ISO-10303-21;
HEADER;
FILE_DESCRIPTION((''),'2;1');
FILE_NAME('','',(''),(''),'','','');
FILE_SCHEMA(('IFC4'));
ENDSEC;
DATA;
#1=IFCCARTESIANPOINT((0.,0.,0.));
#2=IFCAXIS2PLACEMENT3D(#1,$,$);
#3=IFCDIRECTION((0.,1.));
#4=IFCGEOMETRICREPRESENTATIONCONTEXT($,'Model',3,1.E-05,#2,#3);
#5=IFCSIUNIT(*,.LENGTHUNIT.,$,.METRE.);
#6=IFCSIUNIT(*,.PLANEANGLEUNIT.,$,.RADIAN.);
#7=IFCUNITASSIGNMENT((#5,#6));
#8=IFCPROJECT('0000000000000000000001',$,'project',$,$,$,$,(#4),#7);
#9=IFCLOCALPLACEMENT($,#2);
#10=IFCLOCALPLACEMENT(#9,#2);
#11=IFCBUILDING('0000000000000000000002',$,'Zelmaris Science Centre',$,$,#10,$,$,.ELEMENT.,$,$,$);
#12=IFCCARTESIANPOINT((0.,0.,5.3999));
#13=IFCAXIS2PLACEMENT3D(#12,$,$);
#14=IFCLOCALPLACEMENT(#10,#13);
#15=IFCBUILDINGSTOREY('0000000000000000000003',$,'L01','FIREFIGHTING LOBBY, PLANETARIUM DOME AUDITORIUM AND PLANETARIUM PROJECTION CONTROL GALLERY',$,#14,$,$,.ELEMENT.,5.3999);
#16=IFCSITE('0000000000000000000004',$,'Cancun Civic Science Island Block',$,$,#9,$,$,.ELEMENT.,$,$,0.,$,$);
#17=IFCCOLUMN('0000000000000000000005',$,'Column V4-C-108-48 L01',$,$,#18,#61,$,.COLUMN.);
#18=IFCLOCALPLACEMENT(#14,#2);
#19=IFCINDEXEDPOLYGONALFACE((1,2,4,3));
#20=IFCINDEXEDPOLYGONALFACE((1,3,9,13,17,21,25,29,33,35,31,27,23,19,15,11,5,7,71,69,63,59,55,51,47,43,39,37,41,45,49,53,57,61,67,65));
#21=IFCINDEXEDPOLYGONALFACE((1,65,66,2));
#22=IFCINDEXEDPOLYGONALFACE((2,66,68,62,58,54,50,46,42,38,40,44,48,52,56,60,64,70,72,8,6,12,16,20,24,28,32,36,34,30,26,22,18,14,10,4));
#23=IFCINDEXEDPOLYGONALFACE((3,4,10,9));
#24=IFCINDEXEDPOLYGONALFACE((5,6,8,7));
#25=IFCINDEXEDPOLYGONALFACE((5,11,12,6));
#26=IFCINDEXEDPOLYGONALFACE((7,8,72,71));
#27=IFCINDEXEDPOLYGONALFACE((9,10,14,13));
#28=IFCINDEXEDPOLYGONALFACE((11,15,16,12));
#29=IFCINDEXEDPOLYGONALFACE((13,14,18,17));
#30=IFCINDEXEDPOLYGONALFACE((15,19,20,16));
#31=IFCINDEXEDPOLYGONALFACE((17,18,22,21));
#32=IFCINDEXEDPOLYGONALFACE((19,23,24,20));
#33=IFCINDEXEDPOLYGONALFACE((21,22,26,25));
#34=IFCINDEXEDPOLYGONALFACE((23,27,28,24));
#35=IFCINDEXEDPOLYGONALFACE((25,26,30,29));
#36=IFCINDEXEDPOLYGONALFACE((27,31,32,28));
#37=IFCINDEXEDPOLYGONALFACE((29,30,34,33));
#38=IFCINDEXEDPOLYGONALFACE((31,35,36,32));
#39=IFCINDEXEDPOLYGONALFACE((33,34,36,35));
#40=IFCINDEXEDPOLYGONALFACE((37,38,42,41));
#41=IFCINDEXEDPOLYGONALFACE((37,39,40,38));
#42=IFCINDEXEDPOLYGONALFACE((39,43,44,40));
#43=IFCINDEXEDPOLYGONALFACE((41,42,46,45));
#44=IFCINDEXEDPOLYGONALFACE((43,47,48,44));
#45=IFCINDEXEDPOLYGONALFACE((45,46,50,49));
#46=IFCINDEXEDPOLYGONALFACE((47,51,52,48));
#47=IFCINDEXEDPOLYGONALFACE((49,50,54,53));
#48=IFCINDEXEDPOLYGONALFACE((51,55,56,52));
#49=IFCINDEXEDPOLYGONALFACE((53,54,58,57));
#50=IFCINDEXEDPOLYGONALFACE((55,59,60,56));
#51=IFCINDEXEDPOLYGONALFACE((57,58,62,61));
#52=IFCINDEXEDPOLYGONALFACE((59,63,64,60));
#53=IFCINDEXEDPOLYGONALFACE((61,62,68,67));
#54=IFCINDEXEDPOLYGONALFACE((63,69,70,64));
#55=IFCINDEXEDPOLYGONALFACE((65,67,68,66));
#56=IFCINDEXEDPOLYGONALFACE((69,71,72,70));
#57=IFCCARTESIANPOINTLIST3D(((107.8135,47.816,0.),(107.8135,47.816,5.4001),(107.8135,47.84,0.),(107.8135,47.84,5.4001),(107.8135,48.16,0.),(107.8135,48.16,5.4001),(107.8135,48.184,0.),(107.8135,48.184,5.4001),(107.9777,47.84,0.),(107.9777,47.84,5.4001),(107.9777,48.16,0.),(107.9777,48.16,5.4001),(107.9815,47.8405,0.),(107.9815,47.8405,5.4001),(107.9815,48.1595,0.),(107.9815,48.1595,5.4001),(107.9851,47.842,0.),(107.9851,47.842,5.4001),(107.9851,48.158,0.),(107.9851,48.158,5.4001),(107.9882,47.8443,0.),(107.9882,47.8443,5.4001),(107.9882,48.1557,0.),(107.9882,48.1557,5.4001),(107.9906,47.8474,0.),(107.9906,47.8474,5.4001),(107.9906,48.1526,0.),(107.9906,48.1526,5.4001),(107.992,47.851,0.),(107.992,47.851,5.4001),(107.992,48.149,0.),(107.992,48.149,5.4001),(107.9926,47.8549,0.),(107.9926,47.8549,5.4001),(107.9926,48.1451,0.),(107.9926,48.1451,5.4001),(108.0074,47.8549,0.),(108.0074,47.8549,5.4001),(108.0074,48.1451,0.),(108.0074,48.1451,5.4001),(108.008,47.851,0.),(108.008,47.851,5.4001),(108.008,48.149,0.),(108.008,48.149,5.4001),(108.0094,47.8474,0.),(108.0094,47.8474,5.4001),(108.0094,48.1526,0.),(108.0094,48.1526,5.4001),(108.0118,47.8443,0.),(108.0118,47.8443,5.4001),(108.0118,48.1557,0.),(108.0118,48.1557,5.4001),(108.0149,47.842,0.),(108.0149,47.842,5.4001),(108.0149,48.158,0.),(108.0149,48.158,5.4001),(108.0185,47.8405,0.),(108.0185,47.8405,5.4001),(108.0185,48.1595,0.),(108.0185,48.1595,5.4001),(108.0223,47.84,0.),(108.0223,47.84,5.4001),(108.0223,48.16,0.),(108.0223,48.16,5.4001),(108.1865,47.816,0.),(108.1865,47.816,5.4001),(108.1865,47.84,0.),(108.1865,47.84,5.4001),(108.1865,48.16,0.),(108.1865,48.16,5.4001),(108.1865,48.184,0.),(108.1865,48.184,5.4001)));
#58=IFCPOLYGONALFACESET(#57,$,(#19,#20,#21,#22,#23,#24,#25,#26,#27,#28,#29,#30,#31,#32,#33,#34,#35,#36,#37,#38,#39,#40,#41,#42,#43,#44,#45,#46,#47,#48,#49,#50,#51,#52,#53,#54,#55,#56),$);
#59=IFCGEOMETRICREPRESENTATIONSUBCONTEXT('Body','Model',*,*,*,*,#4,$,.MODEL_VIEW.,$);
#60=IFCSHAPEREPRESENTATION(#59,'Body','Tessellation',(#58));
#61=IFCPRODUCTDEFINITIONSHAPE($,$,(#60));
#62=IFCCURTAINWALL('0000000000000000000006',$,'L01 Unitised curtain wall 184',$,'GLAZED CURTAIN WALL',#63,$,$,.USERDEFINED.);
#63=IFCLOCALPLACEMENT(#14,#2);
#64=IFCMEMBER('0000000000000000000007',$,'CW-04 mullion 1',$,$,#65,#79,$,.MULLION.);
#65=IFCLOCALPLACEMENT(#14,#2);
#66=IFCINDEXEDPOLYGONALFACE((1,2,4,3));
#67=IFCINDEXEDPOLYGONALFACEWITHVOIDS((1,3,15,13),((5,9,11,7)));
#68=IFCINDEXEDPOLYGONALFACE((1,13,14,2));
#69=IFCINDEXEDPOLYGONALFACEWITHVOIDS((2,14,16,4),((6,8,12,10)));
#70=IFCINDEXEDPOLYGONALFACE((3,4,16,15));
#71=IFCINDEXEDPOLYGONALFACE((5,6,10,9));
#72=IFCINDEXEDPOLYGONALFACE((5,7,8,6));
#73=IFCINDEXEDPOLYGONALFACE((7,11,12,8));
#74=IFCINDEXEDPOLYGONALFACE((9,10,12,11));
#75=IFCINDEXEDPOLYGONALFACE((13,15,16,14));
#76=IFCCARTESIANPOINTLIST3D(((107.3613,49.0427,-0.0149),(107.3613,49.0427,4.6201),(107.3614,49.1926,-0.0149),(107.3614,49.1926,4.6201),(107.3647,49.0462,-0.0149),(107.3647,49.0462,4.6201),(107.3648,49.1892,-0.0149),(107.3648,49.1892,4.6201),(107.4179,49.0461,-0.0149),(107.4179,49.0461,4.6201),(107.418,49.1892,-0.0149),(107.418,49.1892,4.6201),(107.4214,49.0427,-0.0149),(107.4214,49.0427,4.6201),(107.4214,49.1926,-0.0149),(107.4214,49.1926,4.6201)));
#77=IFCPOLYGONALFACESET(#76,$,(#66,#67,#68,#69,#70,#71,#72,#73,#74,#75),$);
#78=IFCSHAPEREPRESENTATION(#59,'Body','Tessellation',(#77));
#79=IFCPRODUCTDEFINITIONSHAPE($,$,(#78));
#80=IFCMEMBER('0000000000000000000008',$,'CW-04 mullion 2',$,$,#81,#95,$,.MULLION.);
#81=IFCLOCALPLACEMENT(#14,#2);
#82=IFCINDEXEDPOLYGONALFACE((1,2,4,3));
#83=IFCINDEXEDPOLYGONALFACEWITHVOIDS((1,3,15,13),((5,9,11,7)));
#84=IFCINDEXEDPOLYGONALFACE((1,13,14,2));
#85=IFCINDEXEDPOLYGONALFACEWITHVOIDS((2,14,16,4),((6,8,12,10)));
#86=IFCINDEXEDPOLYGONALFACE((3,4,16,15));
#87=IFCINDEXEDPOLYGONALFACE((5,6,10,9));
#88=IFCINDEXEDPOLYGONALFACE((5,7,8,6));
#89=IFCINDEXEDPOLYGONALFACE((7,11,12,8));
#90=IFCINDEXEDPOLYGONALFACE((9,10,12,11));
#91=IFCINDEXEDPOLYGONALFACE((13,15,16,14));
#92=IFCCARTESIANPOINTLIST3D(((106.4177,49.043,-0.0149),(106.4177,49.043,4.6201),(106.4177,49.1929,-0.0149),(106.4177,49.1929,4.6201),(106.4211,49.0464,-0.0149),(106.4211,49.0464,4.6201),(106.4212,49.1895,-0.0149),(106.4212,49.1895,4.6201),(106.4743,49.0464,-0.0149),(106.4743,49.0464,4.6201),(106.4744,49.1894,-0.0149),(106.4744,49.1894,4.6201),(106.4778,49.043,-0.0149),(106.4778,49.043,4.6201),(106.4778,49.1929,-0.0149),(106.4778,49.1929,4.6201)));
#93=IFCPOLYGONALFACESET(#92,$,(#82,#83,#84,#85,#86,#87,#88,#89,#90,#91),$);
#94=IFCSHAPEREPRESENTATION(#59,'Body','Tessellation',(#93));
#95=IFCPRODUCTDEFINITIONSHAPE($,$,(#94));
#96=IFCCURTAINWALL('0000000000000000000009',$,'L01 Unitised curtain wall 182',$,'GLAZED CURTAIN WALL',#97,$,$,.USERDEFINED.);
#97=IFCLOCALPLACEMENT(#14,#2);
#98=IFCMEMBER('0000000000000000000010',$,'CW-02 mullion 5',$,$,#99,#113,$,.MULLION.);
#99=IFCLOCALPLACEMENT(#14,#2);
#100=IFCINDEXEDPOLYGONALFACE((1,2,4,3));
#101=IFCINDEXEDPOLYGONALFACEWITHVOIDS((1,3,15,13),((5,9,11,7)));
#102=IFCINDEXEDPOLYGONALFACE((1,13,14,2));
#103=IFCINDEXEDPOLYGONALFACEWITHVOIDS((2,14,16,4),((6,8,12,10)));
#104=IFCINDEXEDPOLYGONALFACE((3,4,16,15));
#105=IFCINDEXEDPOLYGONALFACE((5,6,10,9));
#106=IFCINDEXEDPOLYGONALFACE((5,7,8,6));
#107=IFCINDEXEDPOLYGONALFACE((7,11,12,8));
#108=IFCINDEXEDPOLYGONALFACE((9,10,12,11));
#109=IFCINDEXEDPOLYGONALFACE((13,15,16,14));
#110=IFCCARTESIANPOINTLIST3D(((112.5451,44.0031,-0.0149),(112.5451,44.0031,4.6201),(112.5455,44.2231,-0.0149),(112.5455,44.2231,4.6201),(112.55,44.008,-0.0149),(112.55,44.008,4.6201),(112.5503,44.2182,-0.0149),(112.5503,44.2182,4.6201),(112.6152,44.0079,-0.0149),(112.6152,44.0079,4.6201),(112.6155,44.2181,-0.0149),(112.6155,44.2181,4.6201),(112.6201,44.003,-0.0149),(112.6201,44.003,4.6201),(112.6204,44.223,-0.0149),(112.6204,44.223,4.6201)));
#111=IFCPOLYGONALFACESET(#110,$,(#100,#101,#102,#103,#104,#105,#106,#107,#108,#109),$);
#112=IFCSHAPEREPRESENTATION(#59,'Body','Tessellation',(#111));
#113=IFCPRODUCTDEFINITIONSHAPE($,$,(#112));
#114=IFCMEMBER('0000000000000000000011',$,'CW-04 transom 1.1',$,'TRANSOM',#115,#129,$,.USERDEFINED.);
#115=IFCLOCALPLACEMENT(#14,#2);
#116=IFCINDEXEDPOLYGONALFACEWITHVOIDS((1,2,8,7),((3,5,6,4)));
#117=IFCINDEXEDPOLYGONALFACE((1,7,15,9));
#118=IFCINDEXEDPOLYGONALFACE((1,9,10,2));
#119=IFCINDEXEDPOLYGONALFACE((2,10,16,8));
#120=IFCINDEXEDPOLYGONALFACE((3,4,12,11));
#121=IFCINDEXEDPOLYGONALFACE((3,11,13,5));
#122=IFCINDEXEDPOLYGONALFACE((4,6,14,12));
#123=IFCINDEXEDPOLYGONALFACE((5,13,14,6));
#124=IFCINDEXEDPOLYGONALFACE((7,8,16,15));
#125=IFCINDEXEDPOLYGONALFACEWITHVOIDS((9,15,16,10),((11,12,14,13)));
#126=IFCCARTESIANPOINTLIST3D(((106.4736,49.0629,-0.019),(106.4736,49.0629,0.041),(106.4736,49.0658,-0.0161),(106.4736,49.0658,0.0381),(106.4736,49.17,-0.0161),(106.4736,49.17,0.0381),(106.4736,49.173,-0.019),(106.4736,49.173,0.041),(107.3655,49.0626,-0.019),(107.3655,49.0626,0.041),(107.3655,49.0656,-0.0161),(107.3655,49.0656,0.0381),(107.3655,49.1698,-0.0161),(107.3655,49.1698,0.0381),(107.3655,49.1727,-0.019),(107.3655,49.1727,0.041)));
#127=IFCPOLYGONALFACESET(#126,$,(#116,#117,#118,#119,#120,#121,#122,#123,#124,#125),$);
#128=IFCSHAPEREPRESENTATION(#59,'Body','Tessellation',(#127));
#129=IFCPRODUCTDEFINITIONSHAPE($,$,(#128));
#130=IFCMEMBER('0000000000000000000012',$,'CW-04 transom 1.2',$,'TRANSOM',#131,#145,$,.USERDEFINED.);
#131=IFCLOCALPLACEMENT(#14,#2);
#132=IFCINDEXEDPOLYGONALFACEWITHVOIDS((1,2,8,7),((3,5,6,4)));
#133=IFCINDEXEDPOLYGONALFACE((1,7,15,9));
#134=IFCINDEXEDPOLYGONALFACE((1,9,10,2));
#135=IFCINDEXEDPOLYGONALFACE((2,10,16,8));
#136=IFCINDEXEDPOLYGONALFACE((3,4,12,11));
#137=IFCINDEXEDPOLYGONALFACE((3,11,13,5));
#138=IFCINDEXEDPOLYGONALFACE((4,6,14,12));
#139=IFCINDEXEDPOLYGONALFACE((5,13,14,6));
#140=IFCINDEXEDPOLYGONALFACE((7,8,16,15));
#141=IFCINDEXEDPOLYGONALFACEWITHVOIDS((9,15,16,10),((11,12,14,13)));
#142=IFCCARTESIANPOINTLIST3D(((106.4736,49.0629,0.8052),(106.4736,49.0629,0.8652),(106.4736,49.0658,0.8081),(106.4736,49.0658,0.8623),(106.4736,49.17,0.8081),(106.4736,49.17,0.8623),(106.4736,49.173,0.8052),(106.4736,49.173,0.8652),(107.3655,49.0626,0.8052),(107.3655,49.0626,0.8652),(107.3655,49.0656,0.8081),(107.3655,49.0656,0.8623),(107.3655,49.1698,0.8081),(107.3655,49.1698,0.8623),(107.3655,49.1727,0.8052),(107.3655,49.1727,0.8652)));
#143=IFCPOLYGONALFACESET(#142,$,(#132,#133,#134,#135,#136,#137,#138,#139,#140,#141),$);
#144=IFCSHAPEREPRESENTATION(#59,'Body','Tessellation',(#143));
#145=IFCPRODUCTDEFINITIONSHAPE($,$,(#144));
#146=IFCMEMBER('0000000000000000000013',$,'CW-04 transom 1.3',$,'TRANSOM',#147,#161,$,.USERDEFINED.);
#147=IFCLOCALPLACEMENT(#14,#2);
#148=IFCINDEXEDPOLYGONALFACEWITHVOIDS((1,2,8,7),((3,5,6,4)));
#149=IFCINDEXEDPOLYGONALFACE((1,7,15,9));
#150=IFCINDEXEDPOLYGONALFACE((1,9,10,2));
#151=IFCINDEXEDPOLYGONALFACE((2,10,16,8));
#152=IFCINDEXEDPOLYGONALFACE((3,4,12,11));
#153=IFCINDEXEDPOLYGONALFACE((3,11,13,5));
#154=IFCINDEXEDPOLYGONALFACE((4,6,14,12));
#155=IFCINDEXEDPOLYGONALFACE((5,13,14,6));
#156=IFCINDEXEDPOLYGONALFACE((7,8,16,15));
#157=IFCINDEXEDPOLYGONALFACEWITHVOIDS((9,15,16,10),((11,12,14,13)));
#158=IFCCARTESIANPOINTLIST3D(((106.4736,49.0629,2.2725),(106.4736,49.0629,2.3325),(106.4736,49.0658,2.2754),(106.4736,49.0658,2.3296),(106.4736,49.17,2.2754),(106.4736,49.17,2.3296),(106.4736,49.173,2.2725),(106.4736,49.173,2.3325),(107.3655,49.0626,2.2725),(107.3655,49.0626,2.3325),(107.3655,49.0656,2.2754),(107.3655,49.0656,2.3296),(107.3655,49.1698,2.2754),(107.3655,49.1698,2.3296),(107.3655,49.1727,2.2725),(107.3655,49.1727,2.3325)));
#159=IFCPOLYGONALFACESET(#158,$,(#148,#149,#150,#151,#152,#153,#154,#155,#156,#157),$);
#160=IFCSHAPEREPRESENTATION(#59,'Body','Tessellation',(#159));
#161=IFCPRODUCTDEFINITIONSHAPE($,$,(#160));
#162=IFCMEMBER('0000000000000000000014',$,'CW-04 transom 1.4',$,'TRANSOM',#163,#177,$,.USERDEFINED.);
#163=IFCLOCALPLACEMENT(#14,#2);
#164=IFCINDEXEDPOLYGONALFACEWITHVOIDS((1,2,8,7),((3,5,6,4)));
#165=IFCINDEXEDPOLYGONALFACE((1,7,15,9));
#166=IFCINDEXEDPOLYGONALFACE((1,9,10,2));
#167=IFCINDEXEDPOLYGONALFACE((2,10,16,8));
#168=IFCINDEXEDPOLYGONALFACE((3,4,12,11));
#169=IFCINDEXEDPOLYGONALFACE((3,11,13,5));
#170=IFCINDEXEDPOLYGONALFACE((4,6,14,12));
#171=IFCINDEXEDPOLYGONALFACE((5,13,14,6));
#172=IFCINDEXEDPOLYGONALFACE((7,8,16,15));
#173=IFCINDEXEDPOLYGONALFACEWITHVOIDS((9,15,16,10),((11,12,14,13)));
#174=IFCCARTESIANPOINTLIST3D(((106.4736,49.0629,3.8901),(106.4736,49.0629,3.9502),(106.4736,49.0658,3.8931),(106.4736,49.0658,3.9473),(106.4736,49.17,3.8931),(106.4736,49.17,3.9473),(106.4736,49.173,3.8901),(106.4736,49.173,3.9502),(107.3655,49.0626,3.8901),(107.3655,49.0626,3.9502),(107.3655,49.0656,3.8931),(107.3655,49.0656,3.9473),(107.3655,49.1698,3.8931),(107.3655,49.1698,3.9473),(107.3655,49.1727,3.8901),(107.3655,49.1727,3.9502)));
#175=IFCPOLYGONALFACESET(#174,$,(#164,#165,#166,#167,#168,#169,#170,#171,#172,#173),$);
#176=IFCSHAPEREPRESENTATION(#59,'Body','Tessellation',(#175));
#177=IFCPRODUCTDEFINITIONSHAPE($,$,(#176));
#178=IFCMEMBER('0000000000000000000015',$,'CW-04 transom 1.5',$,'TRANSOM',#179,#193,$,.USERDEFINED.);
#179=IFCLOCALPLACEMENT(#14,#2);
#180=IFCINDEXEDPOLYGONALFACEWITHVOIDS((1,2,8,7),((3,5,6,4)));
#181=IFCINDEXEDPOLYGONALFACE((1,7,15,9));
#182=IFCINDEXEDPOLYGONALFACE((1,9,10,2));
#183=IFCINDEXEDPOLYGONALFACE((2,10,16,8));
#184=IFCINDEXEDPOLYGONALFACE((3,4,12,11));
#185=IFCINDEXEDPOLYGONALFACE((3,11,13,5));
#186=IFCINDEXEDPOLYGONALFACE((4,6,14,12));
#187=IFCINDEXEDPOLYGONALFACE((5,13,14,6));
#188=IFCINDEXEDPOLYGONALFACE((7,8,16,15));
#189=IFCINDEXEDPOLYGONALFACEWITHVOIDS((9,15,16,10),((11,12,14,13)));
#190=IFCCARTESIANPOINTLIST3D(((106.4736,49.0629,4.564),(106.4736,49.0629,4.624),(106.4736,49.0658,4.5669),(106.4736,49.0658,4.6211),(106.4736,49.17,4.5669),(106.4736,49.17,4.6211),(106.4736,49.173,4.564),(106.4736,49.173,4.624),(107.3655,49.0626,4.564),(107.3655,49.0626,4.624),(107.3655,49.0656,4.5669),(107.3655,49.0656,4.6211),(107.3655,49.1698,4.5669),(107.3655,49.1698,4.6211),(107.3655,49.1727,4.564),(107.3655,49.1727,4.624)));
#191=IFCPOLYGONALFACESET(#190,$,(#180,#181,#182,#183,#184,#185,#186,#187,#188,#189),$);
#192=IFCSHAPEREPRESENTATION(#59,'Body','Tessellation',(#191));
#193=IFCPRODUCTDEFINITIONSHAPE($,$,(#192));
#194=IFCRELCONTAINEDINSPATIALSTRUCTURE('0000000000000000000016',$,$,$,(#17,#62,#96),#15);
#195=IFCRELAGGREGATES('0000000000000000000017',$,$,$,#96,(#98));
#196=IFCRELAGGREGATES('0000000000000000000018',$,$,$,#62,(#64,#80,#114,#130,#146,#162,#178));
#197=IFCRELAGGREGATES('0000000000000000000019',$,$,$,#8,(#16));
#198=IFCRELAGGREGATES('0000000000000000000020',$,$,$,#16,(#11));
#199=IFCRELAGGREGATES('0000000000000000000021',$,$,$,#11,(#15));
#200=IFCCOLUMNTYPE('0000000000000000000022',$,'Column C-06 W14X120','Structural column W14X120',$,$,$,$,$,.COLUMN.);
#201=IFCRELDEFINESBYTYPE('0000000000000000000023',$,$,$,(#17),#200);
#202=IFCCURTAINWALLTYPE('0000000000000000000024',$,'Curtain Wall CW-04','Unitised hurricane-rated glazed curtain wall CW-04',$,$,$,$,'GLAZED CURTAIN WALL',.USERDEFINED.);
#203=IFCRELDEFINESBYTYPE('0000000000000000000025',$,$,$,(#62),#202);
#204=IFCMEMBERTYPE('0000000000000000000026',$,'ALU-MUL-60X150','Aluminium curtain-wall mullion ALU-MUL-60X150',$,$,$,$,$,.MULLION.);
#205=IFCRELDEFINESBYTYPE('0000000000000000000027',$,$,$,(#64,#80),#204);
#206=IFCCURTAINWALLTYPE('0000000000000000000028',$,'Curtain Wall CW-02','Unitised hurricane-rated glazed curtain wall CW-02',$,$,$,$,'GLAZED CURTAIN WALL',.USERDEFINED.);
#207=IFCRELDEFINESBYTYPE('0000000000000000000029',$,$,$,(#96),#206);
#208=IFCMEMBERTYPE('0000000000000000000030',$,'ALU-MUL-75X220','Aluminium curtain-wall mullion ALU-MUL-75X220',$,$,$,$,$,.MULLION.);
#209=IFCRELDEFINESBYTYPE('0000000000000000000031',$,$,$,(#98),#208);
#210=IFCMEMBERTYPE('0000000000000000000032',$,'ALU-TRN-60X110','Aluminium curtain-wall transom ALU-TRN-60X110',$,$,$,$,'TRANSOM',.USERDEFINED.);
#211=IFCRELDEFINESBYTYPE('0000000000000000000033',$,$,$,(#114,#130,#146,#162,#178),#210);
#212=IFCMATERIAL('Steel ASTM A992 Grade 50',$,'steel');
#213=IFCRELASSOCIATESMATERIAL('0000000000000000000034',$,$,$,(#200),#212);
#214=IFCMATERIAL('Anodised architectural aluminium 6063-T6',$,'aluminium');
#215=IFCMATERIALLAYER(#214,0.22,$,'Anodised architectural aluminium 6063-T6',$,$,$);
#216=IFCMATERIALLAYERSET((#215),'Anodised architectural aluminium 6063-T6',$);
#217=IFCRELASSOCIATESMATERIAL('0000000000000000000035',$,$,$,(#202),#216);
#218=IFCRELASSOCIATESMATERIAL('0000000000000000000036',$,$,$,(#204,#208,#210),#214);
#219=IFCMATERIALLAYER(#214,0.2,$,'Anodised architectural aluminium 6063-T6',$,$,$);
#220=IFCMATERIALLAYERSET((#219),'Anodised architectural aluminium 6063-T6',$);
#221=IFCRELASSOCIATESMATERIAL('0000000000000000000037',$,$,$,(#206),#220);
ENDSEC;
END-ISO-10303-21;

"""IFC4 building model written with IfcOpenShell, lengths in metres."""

from ifc_helpers import new_model, si_unit, direction, frame, origin, origin_2d, place, context, subcontext, project, spatial, hollow_rectangle, i_section, extrude, material, layer, layer_set, material_profile, profile_set, type_object, element, aggregate, save


model = new_model("IFC4")

# Units and contexts
model_context = context("Model", 3, precision=1e-05, world=origin(), true_north=direction((0.0, 1.0)))
body_context = subcontext(model_context, "Body", "Model", "MODEL_VIEW")
ifc_project = project(units=[si_unit("LENGTHUNIT", "METRE"), si_unit("PLANEANGLEUNIT", "RADIAN")], contexts=[model_context])

# Site, building, storey
site_placement = place(None, origin())
site = spatial("IfcSite", under=ifc_project, at=site_placement, Name="Cancun Civic Science Island Block", CompositionType="ELEMENT", RefElevation=0.0)
building_placement = place(site_placement, origin())
building = spatial("IfcBuilding", under=site, at=building_placement, Name="Zelmaris Science Centre", CompositionType="ELEMENT")
storey_placement = place(building_placement, frame((0.0, 0.0, 5.3999)))
storey = spatial("IfcBuildingStorey", under=building, at=storey_placement, Name="L01", Description="FIREFIGHTING LOBBY, PLANETARIUM DOME AUDITORIUM AND PLANETARIUM PROJECTION CONTROL GALLERY", CompositionType="ELEMENT", Elevation=5.3999)

# Column
ifc_material_1 = material(Name="Steel ASTM A992 Grade 50", Category="steel")
ifc_material_profile_1 = material_profile(ifc_material_1, i_section(OverallWidth=0.373, OverallDepth=0.3679, WebThickness=0.0149, FlangeThickness=0.0239, FilletRadius=0.0149, at=origin_2d()), Name="W14X120")
ifc_profile_set_1 = profile_set([ifc_material_profile_1], Name="Steel ASTM A992 Grade 50")
column_type = type_object("IfcColumnType", Name="Column C-06 W14X120", Description="Structural column W14X120", PredefinedType="COLUMN", material=ifc_profile_set_1)
column_placement = place(storey_placement, frame((108.0, 48.0, 0.0), z_axis=(0.0, 0.0, 1.0), x_axis=(1.0, 0.0, 0.0)))
element("IfcColumn", 1, at=column_placement, inside=storey, type_object=column_type, Name="Column V4-C-108-48 L01", PredefinedType="COLUMN", context=body_context, shape_type="SweptSolid", body=[
    extrude(i_section(OverallWidth=0.373, OverallDepth=0.3679, WebThickness=0.0149, FlangeThickness=0.0239, FilletRadius=0.0149, at=origin_2d()), origin(), (0.0, 0.0, 1.0), 5.4001),
])

# Curtain wall, members
ifc_material_2 = material(Name="Anodised architectural aluminium 6063-T6", Category="aluminium")
ifc_layer_1 = layer(ifc_material_2, 0.22, Name="Anodised architectural aluminium 6063-T6")
ifc_layer_set_1 = layer_set([ifc_layer_1], Name="Anodised architectural aluminium 6063-T6")
curtain_wall_type_1 = type_object("IfcCurtainWallType", Name="Curtain Wall CW-04", Description="Unitised hurricane-rated glazed curtain wall CW-04", ElementType="GLAZED CURTAIN WALL", PredefinedType="USERDEFINED", material=ifc_layer_set_1)
curtain_wall_1_placement = place(storey_placement, origin())
curtain_wall_1 = element("IfcCurtainWall", 2, at=curtain_wall_1_placement, inside=storey, type_object=curtain_wall_type_1, Name="L01 Unitised curtain wall 184", ObjectType="GLAZED CURTAIN WALL", PredefinedType="USERDEFINED")
ifc_material_profile_2 = material_profile(ifc_material_2, hollow_rectangle(XDim=0.0601, YDim=0.1499, WallThickness=0.0034, at=origin_2d()), Name="ALU-MUL-60X150")
ifc_profile_set_2 = profile_set([ifc_material_profile_2], Name="Anodised architectural aluminium 6063-T6")
member_type_1 = type_object("IfcMemberType", Name="ALU-MUL-60X150", Description="Aluminium curtain-wall mullion ALU-MUL-60X150", PredefinedType="MULLION", material=ifc_profile_set_2)
member_1_placement = place(storey_placement, frame((107.3914, 49.1177, -0.0149), z_axis=(0.0, 0.0, 1.0), x_axis=(-1.0, 0.000297, 0.0)))
member_1 = element("IfcMember", 3, at=member_1_placement, type_object=member_type_1, Name="CW-04 mullion 1", PredefinedType="MULLION", context=body_context, shape_type="SweptSolid", body=[
    extrude(hollow_rectangle(XDim=0.0601, YDim=0.1499, WallThickness=0.0034, at=origin_2d()), origin(), (0.0, 0.0, 1.0), 4.635),
])
member_2_placement = place(storey_placement, frame((106.4478, 49.1179, -0.0149), z_axis=(0.0, 0.0, 1.0), x_axis=(-1.0, 0.000297, 0.0)))
member_2 = element("IfcMember", 4, at=member_2_placement, type_object=member_type_1, Name="CW-04 mullion 2", PredefinedType="MULLION", context=body_context, shape_type="SweptSolid", body=[
    extrude(hollow_rectangle(XDim=0.0601, YDim=0.1499, WallThickness=0.0034, at=origin_2d()), origin(), (0.0, 0.0, 1.0), 4.635),
])

# Curtain wall, member
ifc_layer_2 = layer(ifc_material_2, 0.2, Name="Anodised architectural aluminium 6063-T6")
ifc_layer_set_2 = layer_set([ifc_layer_2], Name="Anodised architectural aluminium 6063-T6")
curtain_wall_type_2 = type_object("IfcCurtainWallType", Name="Curtain Wall CW-02", Description="Unitised hurricane-rated glazed curtain wall CW-02", ElementType="GLAZED CURTAIN WALL", PredefinedType="USERDEFINED", material=ifc_layer_set_2)
curtain_wall_2_placement = place(storey_placement, origin())
curtain_wall_2 = element("IfcCurtainWall", 5, at=curtain_wall_2_placement, inside=storey, type_object=curtain_wall_type_2, Name="L01 Unitised curtain wall 182", ObjectType="GLAZED CURTAIN WALL", PredefinedType="USERDEFINED")
ifc_material_profile_3 = material_profile(ifc_material_2, hollow_rectangle(XDim=0.075, YDim=0.22, WallThickness=0.0049, at=origin_2d()), Name="ALU-MUL-75X220")
ifc_profile_set_3 = profile_set([ifc_material_profile_3], Name="Anodised architectural aluminium 6063-T6")
member_type_2 = type_object("IfcMemberType", Name="ALU-MUL-75X220", Description="Aluminium curtain-wall mullion ALU-MUL-75X220", PredefinedType="MULLION", material=ifc_profile_set_3)
member_3_placement = place(storey_placement, frame((112.5828, 44.113, -0.0149), z_axis=(0.0, 0.0, 1.0), x_axis=(-0.999999, 0.001525, 0.0)))
member_3 = element("IfcMember", 6, at=member_3_placement, type_object=member_type_2, Name="CW-02 mullion 5", PredefinedType="MULLION", context=body_context, shape_type="SweptSolid", body=[
    extrude(hollow_rectangle(XDim=0.075, YDim=0.22, WallThickness=0.0049, at=origin_2d()), origin(), (0.0, 0.0, 1.0), 4.635),
])

# Members
ifc_material_profile_4 = material_profile(ifc_material_2, hollow_rectangle(XDim=0.0601, YDim=0.1101, WallThickness=0.0029, at=origin_2d()), Name="ALU-TRN-60X110")
ifc_profile_set_4 = profile_set([ifc_material_profile_4], Name="Anodised architectural aluminium 6063-T6")
member_type_3 = type_object("IfcMemberType", Name="ALU-TRN-60X110", Description="Aluminium curtain-wall transom ALU-TRN-60X110", ElementType="TRANSOM", PredefinedType="USERDEFINED", material=ifc_profile_set_4)
member_4_placement = place(storey_placement, frame((107.3655, 49.1177, 0.011), z_axis=(-1.0, 0.000274, 0.0), x_axis=(0.0, 0.0, 1.0)))
member_4 = element("IfcMember", 7, at=member_4_placement, type_object=member_type_3, Name="CW-04 transom 1.1", ObjectType="TRANSOM", PredefinedType="USERDEFINED", context=body_context, shape_type="SweptSolid", body=[
    extrude(hollow_rectangle(XDim=0.0601, YDim=0.1101, WallThickness=0.0029, at=origin_2d()), origin(), (0.0, 0.0, 1.0), 0.8918),
])
member_5_placement = place(storey_placement, frame((107.3655, 49.1177, 0.8352), z_axis=(-1.0, 0.000274, 0.0), x_axis=(0.0, 0.0, 1.0)))
member_5 = element("IfcMember", 8, at=member_5_placement, type_object=member_type_3, Name="CW-04 transom 1.2", ObjectType="TRANSOM", PredefinedType="USERDEFINED", context=body_context, shape_type="SweptSolid", body=[
    extrude(hollow_rectangle(XDim=0.0601, YDim=0.1101, WallThickness=0.0029, at=origin_2d()), origin(), (0.0, 0.0, 1.0), 0.8918),
])
member_6_placement = place(storey_placement, frame((107.3655, 49.1177, 2.3025), z_axis=(-1.0, 0.000274, 0.0), x_axis=(0.0, 0.0, 1.0)))
member_6 = element("IfcMember", 9, at=member_6_placement, type_object=member_type_3, Name="CW-04 transom 1.3", ObjectType="TRANSOM", PredefinedType="USERDEFINED", context=body_context, shape_type="SweptSolid", body=[
    extrude(hollow_rectangle(XDim=0.0601, YDim=0.1101, WallThickness=0.0029, at=origin_2d()), origin(), (0.0, 0.0, 1.0), 0.8918),
])
member_7_placement = place(storey_placement, frame((107.3655, 49.1177, 3.9202), z_axis=(-1.0, 0.000274, 0.0), x_axis=(0.0, 0.0, 1.0)))
member_7 = element("IfcMember", 10, at=member_7_placement, type_object=member_type_3, Name="CW-04 transom 1.4", ObjectType="TRANSOM", PredefinedType="USERDEFINED", context=body_context, shape_type="SweptSolid", body=[
    extrude(hollow_rectangle(XDim=0.0601, YDim=0.1101, WallThickness=0.0029, at=origin_2d()), origin(), (0.0, 0.0, 1.0), 0.8918),
])
member_8_placement = place(storey_placement, frame((107.3655, 49.1177, 4.594), z_axis=(-1.0, 0.000274, 0.0), x_axis=(0.0, 0.0, 1.0)))
member_8 = element("IfcMember", 11, at=member_8_placement, type_object=member_type_3, Name="CW-04 transom 1.5", ObjectType="TRANSOM", PredefinedType="USERDEFINED", context=body_context, shape_type="SweptSolid", body=[
    extrude(hollow_rectangle(XDim=0.0601, YDim=0.1101, WallThickness=0.0029, at=origin_2d()), origin(), (0.0, 0.0, 1.0), 0.8918),
])

aggregate(curtain_wall_2, [member_3])
aggregate(curtain_wall_1, [member_1, member_2, member_4, member_5, member_6, member_7, member_8])

save(model, "model.ifc")
